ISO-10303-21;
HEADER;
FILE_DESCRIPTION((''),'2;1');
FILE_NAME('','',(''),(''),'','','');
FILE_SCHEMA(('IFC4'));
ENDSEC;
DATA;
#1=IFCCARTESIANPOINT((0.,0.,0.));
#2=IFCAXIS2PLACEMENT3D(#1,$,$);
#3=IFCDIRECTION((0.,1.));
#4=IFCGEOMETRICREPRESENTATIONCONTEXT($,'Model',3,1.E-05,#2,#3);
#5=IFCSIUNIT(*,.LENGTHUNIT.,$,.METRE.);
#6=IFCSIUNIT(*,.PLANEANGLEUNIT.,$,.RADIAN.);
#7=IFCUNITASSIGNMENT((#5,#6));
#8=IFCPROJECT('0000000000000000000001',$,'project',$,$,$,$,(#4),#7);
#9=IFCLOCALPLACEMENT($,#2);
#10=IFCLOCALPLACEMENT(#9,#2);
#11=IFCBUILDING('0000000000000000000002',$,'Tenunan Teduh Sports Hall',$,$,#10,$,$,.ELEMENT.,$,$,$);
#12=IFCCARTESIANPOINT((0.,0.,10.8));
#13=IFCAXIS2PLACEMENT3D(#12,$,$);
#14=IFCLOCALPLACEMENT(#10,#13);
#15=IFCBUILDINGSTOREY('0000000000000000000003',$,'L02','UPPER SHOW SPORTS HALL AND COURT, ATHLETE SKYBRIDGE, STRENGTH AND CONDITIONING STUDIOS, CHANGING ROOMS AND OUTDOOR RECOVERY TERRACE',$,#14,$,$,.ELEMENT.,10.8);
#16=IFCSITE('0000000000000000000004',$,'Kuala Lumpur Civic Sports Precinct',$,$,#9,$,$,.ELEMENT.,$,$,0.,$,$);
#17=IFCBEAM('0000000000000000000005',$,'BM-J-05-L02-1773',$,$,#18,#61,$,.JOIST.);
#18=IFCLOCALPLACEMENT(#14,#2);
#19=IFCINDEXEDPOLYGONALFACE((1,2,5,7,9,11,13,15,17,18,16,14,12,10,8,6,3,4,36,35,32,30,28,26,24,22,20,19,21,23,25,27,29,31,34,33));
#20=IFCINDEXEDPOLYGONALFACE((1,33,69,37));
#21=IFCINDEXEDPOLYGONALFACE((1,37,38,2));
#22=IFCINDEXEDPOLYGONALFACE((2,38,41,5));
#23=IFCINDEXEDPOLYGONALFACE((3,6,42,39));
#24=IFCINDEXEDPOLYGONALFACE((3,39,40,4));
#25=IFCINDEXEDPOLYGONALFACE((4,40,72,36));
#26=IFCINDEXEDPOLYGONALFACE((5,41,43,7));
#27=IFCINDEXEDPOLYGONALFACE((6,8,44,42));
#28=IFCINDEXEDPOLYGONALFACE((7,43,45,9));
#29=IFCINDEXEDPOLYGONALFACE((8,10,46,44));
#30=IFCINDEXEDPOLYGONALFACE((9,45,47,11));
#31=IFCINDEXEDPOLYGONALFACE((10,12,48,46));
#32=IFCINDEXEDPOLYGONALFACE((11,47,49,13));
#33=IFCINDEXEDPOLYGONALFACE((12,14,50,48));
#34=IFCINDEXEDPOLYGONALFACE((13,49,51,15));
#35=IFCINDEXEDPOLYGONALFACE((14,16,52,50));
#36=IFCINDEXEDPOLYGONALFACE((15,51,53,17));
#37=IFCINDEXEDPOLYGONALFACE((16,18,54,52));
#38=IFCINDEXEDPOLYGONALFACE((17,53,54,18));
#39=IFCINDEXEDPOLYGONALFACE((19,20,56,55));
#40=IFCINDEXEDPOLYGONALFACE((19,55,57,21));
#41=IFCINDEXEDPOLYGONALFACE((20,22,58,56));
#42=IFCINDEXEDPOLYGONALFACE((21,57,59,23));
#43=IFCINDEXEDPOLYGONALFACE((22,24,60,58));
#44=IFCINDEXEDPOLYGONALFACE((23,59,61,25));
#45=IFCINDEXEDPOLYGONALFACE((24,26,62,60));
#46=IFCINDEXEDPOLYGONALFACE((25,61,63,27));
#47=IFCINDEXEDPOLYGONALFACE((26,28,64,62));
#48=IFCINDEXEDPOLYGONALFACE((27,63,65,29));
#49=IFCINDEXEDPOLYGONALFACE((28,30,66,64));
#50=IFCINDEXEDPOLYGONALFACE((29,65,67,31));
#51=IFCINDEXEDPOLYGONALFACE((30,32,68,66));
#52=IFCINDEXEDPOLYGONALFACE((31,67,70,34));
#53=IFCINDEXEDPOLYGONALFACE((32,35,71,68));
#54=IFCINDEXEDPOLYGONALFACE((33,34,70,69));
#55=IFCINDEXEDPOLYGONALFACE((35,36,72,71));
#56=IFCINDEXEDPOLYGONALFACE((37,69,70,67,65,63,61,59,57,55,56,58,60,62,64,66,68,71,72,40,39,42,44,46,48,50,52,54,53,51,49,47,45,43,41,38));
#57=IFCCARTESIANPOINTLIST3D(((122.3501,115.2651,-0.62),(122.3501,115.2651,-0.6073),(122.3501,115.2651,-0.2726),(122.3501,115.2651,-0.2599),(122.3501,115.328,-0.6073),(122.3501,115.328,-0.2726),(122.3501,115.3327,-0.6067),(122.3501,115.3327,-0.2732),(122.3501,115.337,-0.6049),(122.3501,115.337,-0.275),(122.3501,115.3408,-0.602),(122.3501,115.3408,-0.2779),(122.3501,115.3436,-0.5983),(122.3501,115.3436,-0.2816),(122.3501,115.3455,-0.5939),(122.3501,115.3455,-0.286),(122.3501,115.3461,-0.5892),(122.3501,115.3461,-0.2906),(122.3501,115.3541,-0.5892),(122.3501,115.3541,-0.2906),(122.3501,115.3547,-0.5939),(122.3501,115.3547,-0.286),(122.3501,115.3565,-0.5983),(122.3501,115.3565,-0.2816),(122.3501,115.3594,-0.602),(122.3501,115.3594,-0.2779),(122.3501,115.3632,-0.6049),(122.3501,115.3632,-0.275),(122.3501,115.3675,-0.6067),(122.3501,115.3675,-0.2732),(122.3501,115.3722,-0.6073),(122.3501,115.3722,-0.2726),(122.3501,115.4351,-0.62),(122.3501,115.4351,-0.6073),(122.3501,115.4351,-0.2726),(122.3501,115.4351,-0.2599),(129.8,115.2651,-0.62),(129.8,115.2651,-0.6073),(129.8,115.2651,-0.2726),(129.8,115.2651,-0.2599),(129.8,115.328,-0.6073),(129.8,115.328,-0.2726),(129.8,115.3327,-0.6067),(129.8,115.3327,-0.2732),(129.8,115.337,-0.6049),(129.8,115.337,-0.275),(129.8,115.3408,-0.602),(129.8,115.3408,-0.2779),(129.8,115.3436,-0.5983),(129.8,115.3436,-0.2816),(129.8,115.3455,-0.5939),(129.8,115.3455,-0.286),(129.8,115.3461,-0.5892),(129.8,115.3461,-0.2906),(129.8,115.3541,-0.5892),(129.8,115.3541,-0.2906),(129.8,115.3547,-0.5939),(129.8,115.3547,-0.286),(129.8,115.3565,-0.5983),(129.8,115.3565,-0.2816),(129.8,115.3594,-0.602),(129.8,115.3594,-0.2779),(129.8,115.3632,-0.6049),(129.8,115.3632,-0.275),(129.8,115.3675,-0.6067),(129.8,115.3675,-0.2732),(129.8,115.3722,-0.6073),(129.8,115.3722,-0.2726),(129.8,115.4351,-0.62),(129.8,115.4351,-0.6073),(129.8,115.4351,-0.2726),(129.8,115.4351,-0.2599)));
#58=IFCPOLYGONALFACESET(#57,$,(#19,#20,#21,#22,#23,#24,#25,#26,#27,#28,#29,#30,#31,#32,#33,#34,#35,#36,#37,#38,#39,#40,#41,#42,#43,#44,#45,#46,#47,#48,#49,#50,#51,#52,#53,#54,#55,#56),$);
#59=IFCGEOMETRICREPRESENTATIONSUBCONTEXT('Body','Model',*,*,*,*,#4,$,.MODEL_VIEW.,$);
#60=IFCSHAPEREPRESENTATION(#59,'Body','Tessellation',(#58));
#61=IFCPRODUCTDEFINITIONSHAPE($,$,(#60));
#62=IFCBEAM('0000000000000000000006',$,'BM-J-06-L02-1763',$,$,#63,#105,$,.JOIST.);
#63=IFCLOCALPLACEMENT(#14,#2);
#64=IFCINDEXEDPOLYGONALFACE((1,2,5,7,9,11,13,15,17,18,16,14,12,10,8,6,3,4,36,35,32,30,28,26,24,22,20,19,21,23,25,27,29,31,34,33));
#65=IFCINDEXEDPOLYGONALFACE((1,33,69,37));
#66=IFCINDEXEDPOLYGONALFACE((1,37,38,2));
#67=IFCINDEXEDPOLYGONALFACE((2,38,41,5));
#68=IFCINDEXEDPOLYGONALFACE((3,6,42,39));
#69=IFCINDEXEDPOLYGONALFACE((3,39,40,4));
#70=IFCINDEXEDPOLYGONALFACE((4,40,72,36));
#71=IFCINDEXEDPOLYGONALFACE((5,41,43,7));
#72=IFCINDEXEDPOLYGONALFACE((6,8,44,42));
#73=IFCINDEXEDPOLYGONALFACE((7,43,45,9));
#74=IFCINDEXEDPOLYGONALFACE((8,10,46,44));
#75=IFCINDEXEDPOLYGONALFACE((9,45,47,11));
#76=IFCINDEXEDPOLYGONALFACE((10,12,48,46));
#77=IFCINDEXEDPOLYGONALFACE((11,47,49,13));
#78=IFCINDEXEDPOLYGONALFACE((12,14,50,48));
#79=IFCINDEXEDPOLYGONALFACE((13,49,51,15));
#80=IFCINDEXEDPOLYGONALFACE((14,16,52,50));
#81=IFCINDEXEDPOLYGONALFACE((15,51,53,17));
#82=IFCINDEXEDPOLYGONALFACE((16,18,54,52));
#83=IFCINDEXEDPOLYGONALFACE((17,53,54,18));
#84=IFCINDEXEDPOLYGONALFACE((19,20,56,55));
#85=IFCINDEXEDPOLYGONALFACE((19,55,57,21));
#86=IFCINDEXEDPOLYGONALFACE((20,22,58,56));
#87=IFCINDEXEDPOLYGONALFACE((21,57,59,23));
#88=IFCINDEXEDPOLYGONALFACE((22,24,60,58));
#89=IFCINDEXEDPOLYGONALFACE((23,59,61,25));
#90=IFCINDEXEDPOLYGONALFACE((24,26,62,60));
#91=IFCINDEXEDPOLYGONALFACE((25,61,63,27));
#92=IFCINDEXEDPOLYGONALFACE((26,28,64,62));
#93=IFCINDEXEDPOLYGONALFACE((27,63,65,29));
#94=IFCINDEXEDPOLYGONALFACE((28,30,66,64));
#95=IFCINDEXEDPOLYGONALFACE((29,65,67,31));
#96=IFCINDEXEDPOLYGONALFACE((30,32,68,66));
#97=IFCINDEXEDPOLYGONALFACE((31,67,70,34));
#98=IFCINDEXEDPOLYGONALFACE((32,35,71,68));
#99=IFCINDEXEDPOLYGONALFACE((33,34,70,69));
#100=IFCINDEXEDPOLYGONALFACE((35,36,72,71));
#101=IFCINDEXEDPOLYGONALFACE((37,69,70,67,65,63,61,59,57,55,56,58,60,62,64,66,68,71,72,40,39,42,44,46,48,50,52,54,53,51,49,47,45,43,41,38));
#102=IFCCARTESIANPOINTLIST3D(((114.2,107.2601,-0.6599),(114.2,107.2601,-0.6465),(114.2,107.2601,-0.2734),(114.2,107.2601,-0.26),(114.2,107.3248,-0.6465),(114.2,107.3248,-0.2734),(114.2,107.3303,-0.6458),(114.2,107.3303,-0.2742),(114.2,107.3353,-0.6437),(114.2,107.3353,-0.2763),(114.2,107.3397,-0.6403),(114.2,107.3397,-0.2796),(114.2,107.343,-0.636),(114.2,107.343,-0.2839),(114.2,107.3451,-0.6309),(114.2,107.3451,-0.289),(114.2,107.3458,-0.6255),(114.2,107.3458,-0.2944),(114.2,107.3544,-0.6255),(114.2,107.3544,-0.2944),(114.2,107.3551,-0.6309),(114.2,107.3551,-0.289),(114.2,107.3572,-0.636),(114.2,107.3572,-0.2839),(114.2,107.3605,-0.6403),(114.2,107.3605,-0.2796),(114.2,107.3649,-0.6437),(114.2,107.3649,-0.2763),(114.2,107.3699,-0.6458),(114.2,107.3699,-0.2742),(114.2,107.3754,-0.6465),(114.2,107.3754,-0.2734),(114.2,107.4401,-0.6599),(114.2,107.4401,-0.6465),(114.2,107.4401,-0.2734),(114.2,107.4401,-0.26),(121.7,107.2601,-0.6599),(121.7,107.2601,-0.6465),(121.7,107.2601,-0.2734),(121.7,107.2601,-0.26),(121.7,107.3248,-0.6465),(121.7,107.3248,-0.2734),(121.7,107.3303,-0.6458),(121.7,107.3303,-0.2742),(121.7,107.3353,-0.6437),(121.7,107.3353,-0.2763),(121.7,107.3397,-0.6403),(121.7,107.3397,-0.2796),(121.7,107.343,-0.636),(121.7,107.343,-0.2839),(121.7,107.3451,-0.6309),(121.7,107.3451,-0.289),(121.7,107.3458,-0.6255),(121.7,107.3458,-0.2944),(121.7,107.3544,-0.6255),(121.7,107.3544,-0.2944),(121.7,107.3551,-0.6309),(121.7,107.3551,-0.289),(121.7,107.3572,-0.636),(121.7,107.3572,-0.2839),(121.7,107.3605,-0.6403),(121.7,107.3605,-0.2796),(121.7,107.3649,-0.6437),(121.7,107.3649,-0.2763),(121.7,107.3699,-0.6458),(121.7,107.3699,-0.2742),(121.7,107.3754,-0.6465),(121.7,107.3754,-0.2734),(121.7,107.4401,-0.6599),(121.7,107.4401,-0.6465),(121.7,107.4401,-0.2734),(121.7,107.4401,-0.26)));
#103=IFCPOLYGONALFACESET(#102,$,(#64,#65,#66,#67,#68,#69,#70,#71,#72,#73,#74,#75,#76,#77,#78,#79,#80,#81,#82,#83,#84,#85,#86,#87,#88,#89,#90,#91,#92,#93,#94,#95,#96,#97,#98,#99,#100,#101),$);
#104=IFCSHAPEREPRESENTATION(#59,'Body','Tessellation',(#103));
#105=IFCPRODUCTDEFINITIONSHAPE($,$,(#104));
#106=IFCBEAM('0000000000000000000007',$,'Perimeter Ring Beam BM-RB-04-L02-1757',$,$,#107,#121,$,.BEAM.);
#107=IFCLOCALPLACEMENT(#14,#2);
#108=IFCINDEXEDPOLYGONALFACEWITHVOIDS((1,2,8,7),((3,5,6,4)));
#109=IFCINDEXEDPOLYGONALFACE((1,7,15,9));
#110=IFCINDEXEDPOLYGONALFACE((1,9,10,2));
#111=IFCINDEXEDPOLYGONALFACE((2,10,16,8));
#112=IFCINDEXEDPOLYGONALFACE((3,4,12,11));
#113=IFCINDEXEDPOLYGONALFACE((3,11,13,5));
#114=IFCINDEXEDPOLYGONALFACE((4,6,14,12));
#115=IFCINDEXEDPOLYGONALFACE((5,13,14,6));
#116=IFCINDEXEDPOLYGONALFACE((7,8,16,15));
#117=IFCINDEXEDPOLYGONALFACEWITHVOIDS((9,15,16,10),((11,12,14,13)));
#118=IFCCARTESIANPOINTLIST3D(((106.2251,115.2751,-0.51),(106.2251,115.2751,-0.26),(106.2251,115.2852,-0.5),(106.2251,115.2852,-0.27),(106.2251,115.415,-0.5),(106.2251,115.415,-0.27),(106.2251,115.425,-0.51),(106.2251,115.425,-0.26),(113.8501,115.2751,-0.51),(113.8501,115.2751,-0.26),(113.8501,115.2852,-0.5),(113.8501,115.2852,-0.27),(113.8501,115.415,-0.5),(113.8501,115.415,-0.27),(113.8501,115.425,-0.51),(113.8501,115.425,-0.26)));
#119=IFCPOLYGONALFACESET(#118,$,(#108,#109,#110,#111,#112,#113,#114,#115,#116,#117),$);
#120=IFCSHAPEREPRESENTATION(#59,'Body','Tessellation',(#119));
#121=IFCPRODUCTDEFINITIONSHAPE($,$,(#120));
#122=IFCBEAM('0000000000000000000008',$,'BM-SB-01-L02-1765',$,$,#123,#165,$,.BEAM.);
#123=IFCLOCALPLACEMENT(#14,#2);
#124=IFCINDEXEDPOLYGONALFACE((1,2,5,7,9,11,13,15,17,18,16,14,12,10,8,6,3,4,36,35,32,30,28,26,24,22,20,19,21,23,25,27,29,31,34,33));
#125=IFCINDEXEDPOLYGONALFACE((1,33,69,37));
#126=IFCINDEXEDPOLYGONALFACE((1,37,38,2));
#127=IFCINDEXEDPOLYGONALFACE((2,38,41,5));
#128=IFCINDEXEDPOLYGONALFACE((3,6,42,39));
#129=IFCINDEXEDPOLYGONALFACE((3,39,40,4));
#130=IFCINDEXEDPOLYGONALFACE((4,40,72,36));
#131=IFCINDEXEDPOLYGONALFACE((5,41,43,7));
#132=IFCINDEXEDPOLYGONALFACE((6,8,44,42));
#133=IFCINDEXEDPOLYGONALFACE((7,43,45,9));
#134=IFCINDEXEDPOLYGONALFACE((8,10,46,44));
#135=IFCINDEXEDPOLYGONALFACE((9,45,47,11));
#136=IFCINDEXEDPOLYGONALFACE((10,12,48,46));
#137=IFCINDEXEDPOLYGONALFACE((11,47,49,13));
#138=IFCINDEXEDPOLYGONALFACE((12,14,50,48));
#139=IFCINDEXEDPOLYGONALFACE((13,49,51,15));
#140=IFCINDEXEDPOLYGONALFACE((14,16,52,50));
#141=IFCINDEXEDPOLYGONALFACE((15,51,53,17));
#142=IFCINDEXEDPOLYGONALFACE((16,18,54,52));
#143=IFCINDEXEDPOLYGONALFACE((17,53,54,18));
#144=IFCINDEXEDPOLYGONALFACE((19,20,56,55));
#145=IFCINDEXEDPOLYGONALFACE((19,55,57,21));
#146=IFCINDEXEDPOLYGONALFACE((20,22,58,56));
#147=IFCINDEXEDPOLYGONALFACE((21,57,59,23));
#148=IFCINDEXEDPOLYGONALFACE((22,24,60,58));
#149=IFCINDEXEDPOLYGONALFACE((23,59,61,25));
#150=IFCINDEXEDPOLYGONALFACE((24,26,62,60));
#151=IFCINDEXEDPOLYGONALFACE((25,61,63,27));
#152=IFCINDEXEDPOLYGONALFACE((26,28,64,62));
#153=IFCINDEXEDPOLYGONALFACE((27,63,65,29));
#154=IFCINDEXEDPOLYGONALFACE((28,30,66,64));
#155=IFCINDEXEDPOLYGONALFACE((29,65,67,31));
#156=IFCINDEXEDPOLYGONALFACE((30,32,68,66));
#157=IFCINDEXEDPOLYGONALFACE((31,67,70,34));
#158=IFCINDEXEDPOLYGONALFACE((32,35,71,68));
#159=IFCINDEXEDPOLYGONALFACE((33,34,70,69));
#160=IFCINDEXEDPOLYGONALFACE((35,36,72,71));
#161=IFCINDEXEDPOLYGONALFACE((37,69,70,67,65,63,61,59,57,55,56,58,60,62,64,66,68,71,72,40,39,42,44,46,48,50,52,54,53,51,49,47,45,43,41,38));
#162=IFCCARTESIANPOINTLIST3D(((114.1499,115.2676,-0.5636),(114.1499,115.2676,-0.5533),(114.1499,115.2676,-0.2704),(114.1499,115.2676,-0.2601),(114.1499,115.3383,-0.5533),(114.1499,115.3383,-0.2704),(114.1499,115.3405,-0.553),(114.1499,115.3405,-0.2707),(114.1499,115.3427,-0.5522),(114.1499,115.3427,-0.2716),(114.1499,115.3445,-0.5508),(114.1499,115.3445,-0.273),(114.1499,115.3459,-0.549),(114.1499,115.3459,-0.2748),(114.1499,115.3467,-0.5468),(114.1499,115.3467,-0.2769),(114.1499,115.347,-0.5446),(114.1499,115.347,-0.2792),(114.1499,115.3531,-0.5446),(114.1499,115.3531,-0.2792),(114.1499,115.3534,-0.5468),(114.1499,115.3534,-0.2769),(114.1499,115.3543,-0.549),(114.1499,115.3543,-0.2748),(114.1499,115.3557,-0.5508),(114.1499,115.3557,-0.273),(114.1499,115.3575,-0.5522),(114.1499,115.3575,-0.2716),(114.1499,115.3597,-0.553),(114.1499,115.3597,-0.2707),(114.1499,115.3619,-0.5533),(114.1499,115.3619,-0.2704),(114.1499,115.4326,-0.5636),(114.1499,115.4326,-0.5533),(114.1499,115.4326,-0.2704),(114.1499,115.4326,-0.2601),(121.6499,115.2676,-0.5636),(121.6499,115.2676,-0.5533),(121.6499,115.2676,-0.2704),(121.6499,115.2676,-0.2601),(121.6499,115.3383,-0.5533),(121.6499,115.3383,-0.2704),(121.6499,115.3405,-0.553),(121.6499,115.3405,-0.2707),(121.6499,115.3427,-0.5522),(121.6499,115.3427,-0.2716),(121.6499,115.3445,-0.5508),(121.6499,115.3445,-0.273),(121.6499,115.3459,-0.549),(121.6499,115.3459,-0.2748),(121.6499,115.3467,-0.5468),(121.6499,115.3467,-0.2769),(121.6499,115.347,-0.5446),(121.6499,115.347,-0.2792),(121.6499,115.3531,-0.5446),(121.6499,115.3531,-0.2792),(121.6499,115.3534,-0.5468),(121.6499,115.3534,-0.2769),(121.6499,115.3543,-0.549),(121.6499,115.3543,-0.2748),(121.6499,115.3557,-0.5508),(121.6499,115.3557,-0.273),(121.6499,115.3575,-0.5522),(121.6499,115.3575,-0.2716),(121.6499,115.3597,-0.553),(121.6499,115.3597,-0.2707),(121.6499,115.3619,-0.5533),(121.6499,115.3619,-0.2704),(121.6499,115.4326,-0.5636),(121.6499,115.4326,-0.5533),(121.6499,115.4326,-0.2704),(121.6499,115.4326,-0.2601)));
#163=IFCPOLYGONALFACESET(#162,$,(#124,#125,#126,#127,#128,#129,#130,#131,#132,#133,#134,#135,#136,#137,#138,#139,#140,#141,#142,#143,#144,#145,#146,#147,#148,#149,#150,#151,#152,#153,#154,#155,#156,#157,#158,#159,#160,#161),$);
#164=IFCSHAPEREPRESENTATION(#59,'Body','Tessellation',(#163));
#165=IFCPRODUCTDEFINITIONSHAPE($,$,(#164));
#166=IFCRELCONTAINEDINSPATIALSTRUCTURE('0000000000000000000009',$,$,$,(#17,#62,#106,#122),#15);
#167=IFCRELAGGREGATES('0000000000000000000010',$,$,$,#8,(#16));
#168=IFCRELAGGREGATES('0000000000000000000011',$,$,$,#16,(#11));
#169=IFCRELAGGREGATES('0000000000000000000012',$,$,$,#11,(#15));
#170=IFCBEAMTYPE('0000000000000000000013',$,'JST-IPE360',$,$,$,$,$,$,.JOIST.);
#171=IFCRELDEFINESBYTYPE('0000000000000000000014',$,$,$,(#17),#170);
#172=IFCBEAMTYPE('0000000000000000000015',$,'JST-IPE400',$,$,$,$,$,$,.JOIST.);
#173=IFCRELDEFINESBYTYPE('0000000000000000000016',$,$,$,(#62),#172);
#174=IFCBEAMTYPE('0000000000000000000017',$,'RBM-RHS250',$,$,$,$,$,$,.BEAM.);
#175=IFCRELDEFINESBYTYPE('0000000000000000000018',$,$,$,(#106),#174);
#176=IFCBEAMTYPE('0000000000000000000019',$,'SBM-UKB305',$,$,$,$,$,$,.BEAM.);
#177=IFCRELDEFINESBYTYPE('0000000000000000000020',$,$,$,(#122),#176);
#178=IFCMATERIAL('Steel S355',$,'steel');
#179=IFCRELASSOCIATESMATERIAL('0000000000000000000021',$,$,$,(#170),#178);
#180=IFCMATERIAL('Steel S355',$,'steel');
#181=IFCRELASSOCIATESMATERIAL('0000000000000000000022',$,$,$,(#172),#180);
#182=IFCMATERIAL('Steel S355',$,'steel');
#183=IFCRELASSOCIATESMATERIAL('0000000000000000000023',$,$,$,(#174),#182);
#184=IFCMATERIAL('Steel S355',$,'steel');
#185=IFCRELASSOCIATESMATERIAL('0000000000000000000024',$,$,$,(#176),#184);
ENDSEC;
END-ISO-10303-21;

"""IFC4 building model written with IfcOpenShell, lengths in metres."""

from ifc_helpers import new_model, si_unit, direction, frame, origin, origin_2d, place, context, subcontext, project, spatial, hollow_rectangle, i_section, extrude, material, material_profile, profile_set, type_object, element, save


model = new_model("IFC4")

# Units and contexts
model_context = context("Model", 3, precision=1e-05, world=origin(), true_north=direction((0.0, 1.0)))
body_context = subcontext(model_context, "Body", "Model", "MODEL_VIEW")
ifc_project = project(units=[si_unit("LENGTHUNIT", "METRE"), si_unit("PLANEANGLEUNIT", "RADIAN")], contexts=[model_context])

# Site, building, storey
site_placement = place(None, origin())
site = spatial("IfcSite", under=ifc_project, at=site_placement, Name="Kuala Lumpur Civic Sports Precinct", CompositionType="ELEMENT", RefElevation=0.0)
building_placement = place(site_placement, origin())
building = spatial("IfcBuilding", under=site, at=building_placement, Name="Tenunan Teduh Sports Hall", CompositionType="ELEMENT")
storey_placement = place(building_placement, frame((0.0, 0.0, 10.8)))
storey = spatial("IfcBuildingStorey", under=building, at=storey_placement, Name="L02", Description="UPPER SHOW SPORTS HALL AND COURT, ATHLETE SKYBRIDGE, STRENGTH AND CONDITIONING STUDIOS, CHANGING ROOMS AND OUTDOOR RECOVERY TERRACE", CompositionType="ELEMENT", Elevation=10.8)

# Beams
ifc_material_1 = material(Name="Steel S355", Category="steel")
ifc_material_profile_1 = material_profile(ifc_material_1, i_section(OverallWidth=0.1699, OverallDepth=0.3601, WebThickness=0.0081, FlangeThickness=0.0127, FilletRadius=0.0181, at=origin_2d()), Name="IPE 360")
ifc_profile_set_1 = profile_set([ifc_material_profile_1], Name="Steel S355")
beam_type_1 = type_object("IfcBeamType", Name="JST-IPE360", PredefinedType="JOIST", material=ifc_profile_set_1)
beam_1_placement = place(storey_placement, frame((122.3501, 115.3501, -0.4399), z_axis=(1.0, 0.0, 0.0), x_axis=(0.0, 1.0, 0.0)))
element("IfcBeam", 1, at=beam_1_placement, inside=storey, type_object=beam_type_1, Name="BM-J-05-L02-1773", PredefinedType="JOIST", context=body_context, shape_type="SweptSolid", body=[
    extrude(i_section(OverallWidth=0.1699, OverallDepth=0.3601, WebThickness=0.0081, FlangeThickness=0.0127, FilletRadius=0.0181, at=origin_2d()), origin(), (0.0, 0.0, 1.0), 7.45),
])
ifc_material_2 = material(Name="Steel S355", Category="steel")
ifc_material_profile_2 = material_profile(ifc_material_2, i_section(OverallWidth=0.1799, OverallDepth=0.3999, WebThickness=0.0085, FlangeThickness=0.0134, FilletRadius=0.021, at=origin_2d()), Name="IPE 400")
ifc_profile_set_2 = profile_set([ifc_material_profile_2], Name="Steel S355")
beam_type_2 = type_object("IfcBeamType", Name="JST-IPE400", PredefinedType="JOIST", material=ifc_profile_set_2)
beam_2_placement = place(storey_placement, frame((114.2, 107.3501, -0.46), z_axis=(1.0, 0.0, 0.0), x_axis=(0.0, 1.0, 0.0)))
element("IfcBeam", 2, at=beam_2_placement, inside=storey, type_object=beam_type_2, Name="BM-J-06-L02-1763", PredefinedType="JOIST", context=body_context, shape_type="SweptSolid", body=[
    extrude(i_section(OverallWidth=0.1799, OverallDepth=0.3999, WebThickness=0.0085, FlangeThickness=0.0134, FilletRadius=0.021, at=origin_2d()), origin(), (0.0, 0.0, 1.0), 7.5),
])
ifc_material_3 = material(Name="Steel S355", Category="steel")
ifc_material_profile_3 = material_profile(ifc_material_3, hollow_rectangle(XDim=0.1499, YDim=0.25, WallThickness=0.01, at=origin_2d()), Name="RHS 250x150x10.0")
ifc_profile_set_3 = profile_set([ifc_material_profile_3], Name="Steel S355")
beam_type_3 = type_object("IfcBeamType", Name="RBM-RHS250", PredefinedType="BEAM", material=ifc_profile_set_3)
beam_3_placement = place(storey_placement, frame((106.2251, 115.3501, -0.385), z_axis=(1.0, 0.0, 0.0), x_axis=(0.0, 1.0, 0.0)))
element("IfcBeam", 3, at=beam_3_placement, inside=storey, type_object=beam_type_3, Name="Perimeter Ring Beam BM-RB-04-L02-1757", PredefinedType="BEAM", context=body_context, shape_type="SweptSolid", body=[
    extrude(hollow_rectangle(XDim=0.1499, YDim=0.25, WallThickness=0.01, at=origin_2d()), origin(), (0.0, 0.0, 1.0), 7.625),
])
ifc_material_4 = material(Name="Steel S355", Category="steel")
ifc_material_profile_4 = material_profile(ifc_material_4, i_section(OverallWidth=0.165, OverallDepth=0.3035, WebThickness=0.0061, FlangeThickness=0.0103, FilletRadius=0.0088, at=origin_2d()), Name="UKB 305x165x40")
ifc_profile_set_4 = profile_set([ifc_material_profile_4], Name="Steel S355")
beam_type_4 = type_object("IfcBeamType", Name="SBM-UKB305", PredefinedType="BEAM", material=ifc_profile_set_4)
beam_4_placement = place(storey_placement, frame((114.1499, 115.3501, -0.4119), z_axis=(1.0, 0.0, 0.0), x_axis=(0.0, 1.0, 0.0)))
element("IfcBeam", 4, at=beam_4_placement, inside=storey, type_object=beam_type_4, Name="BM-SB-01-L02-1765", PredefinedType="BEAM", context=body_context, shape_type="SweptSolid", body=[
    extrude(i_section(OverallWidth=0.165, OverallDepth=0.3035, WebThickness=0.0061, FlangeThickness=0.0103, FilletRadius=0.0088, at=origin_2d()), origin(), (0.0, 0.0, 1.0), 7.5),
])

save(model, "model.ifc")
